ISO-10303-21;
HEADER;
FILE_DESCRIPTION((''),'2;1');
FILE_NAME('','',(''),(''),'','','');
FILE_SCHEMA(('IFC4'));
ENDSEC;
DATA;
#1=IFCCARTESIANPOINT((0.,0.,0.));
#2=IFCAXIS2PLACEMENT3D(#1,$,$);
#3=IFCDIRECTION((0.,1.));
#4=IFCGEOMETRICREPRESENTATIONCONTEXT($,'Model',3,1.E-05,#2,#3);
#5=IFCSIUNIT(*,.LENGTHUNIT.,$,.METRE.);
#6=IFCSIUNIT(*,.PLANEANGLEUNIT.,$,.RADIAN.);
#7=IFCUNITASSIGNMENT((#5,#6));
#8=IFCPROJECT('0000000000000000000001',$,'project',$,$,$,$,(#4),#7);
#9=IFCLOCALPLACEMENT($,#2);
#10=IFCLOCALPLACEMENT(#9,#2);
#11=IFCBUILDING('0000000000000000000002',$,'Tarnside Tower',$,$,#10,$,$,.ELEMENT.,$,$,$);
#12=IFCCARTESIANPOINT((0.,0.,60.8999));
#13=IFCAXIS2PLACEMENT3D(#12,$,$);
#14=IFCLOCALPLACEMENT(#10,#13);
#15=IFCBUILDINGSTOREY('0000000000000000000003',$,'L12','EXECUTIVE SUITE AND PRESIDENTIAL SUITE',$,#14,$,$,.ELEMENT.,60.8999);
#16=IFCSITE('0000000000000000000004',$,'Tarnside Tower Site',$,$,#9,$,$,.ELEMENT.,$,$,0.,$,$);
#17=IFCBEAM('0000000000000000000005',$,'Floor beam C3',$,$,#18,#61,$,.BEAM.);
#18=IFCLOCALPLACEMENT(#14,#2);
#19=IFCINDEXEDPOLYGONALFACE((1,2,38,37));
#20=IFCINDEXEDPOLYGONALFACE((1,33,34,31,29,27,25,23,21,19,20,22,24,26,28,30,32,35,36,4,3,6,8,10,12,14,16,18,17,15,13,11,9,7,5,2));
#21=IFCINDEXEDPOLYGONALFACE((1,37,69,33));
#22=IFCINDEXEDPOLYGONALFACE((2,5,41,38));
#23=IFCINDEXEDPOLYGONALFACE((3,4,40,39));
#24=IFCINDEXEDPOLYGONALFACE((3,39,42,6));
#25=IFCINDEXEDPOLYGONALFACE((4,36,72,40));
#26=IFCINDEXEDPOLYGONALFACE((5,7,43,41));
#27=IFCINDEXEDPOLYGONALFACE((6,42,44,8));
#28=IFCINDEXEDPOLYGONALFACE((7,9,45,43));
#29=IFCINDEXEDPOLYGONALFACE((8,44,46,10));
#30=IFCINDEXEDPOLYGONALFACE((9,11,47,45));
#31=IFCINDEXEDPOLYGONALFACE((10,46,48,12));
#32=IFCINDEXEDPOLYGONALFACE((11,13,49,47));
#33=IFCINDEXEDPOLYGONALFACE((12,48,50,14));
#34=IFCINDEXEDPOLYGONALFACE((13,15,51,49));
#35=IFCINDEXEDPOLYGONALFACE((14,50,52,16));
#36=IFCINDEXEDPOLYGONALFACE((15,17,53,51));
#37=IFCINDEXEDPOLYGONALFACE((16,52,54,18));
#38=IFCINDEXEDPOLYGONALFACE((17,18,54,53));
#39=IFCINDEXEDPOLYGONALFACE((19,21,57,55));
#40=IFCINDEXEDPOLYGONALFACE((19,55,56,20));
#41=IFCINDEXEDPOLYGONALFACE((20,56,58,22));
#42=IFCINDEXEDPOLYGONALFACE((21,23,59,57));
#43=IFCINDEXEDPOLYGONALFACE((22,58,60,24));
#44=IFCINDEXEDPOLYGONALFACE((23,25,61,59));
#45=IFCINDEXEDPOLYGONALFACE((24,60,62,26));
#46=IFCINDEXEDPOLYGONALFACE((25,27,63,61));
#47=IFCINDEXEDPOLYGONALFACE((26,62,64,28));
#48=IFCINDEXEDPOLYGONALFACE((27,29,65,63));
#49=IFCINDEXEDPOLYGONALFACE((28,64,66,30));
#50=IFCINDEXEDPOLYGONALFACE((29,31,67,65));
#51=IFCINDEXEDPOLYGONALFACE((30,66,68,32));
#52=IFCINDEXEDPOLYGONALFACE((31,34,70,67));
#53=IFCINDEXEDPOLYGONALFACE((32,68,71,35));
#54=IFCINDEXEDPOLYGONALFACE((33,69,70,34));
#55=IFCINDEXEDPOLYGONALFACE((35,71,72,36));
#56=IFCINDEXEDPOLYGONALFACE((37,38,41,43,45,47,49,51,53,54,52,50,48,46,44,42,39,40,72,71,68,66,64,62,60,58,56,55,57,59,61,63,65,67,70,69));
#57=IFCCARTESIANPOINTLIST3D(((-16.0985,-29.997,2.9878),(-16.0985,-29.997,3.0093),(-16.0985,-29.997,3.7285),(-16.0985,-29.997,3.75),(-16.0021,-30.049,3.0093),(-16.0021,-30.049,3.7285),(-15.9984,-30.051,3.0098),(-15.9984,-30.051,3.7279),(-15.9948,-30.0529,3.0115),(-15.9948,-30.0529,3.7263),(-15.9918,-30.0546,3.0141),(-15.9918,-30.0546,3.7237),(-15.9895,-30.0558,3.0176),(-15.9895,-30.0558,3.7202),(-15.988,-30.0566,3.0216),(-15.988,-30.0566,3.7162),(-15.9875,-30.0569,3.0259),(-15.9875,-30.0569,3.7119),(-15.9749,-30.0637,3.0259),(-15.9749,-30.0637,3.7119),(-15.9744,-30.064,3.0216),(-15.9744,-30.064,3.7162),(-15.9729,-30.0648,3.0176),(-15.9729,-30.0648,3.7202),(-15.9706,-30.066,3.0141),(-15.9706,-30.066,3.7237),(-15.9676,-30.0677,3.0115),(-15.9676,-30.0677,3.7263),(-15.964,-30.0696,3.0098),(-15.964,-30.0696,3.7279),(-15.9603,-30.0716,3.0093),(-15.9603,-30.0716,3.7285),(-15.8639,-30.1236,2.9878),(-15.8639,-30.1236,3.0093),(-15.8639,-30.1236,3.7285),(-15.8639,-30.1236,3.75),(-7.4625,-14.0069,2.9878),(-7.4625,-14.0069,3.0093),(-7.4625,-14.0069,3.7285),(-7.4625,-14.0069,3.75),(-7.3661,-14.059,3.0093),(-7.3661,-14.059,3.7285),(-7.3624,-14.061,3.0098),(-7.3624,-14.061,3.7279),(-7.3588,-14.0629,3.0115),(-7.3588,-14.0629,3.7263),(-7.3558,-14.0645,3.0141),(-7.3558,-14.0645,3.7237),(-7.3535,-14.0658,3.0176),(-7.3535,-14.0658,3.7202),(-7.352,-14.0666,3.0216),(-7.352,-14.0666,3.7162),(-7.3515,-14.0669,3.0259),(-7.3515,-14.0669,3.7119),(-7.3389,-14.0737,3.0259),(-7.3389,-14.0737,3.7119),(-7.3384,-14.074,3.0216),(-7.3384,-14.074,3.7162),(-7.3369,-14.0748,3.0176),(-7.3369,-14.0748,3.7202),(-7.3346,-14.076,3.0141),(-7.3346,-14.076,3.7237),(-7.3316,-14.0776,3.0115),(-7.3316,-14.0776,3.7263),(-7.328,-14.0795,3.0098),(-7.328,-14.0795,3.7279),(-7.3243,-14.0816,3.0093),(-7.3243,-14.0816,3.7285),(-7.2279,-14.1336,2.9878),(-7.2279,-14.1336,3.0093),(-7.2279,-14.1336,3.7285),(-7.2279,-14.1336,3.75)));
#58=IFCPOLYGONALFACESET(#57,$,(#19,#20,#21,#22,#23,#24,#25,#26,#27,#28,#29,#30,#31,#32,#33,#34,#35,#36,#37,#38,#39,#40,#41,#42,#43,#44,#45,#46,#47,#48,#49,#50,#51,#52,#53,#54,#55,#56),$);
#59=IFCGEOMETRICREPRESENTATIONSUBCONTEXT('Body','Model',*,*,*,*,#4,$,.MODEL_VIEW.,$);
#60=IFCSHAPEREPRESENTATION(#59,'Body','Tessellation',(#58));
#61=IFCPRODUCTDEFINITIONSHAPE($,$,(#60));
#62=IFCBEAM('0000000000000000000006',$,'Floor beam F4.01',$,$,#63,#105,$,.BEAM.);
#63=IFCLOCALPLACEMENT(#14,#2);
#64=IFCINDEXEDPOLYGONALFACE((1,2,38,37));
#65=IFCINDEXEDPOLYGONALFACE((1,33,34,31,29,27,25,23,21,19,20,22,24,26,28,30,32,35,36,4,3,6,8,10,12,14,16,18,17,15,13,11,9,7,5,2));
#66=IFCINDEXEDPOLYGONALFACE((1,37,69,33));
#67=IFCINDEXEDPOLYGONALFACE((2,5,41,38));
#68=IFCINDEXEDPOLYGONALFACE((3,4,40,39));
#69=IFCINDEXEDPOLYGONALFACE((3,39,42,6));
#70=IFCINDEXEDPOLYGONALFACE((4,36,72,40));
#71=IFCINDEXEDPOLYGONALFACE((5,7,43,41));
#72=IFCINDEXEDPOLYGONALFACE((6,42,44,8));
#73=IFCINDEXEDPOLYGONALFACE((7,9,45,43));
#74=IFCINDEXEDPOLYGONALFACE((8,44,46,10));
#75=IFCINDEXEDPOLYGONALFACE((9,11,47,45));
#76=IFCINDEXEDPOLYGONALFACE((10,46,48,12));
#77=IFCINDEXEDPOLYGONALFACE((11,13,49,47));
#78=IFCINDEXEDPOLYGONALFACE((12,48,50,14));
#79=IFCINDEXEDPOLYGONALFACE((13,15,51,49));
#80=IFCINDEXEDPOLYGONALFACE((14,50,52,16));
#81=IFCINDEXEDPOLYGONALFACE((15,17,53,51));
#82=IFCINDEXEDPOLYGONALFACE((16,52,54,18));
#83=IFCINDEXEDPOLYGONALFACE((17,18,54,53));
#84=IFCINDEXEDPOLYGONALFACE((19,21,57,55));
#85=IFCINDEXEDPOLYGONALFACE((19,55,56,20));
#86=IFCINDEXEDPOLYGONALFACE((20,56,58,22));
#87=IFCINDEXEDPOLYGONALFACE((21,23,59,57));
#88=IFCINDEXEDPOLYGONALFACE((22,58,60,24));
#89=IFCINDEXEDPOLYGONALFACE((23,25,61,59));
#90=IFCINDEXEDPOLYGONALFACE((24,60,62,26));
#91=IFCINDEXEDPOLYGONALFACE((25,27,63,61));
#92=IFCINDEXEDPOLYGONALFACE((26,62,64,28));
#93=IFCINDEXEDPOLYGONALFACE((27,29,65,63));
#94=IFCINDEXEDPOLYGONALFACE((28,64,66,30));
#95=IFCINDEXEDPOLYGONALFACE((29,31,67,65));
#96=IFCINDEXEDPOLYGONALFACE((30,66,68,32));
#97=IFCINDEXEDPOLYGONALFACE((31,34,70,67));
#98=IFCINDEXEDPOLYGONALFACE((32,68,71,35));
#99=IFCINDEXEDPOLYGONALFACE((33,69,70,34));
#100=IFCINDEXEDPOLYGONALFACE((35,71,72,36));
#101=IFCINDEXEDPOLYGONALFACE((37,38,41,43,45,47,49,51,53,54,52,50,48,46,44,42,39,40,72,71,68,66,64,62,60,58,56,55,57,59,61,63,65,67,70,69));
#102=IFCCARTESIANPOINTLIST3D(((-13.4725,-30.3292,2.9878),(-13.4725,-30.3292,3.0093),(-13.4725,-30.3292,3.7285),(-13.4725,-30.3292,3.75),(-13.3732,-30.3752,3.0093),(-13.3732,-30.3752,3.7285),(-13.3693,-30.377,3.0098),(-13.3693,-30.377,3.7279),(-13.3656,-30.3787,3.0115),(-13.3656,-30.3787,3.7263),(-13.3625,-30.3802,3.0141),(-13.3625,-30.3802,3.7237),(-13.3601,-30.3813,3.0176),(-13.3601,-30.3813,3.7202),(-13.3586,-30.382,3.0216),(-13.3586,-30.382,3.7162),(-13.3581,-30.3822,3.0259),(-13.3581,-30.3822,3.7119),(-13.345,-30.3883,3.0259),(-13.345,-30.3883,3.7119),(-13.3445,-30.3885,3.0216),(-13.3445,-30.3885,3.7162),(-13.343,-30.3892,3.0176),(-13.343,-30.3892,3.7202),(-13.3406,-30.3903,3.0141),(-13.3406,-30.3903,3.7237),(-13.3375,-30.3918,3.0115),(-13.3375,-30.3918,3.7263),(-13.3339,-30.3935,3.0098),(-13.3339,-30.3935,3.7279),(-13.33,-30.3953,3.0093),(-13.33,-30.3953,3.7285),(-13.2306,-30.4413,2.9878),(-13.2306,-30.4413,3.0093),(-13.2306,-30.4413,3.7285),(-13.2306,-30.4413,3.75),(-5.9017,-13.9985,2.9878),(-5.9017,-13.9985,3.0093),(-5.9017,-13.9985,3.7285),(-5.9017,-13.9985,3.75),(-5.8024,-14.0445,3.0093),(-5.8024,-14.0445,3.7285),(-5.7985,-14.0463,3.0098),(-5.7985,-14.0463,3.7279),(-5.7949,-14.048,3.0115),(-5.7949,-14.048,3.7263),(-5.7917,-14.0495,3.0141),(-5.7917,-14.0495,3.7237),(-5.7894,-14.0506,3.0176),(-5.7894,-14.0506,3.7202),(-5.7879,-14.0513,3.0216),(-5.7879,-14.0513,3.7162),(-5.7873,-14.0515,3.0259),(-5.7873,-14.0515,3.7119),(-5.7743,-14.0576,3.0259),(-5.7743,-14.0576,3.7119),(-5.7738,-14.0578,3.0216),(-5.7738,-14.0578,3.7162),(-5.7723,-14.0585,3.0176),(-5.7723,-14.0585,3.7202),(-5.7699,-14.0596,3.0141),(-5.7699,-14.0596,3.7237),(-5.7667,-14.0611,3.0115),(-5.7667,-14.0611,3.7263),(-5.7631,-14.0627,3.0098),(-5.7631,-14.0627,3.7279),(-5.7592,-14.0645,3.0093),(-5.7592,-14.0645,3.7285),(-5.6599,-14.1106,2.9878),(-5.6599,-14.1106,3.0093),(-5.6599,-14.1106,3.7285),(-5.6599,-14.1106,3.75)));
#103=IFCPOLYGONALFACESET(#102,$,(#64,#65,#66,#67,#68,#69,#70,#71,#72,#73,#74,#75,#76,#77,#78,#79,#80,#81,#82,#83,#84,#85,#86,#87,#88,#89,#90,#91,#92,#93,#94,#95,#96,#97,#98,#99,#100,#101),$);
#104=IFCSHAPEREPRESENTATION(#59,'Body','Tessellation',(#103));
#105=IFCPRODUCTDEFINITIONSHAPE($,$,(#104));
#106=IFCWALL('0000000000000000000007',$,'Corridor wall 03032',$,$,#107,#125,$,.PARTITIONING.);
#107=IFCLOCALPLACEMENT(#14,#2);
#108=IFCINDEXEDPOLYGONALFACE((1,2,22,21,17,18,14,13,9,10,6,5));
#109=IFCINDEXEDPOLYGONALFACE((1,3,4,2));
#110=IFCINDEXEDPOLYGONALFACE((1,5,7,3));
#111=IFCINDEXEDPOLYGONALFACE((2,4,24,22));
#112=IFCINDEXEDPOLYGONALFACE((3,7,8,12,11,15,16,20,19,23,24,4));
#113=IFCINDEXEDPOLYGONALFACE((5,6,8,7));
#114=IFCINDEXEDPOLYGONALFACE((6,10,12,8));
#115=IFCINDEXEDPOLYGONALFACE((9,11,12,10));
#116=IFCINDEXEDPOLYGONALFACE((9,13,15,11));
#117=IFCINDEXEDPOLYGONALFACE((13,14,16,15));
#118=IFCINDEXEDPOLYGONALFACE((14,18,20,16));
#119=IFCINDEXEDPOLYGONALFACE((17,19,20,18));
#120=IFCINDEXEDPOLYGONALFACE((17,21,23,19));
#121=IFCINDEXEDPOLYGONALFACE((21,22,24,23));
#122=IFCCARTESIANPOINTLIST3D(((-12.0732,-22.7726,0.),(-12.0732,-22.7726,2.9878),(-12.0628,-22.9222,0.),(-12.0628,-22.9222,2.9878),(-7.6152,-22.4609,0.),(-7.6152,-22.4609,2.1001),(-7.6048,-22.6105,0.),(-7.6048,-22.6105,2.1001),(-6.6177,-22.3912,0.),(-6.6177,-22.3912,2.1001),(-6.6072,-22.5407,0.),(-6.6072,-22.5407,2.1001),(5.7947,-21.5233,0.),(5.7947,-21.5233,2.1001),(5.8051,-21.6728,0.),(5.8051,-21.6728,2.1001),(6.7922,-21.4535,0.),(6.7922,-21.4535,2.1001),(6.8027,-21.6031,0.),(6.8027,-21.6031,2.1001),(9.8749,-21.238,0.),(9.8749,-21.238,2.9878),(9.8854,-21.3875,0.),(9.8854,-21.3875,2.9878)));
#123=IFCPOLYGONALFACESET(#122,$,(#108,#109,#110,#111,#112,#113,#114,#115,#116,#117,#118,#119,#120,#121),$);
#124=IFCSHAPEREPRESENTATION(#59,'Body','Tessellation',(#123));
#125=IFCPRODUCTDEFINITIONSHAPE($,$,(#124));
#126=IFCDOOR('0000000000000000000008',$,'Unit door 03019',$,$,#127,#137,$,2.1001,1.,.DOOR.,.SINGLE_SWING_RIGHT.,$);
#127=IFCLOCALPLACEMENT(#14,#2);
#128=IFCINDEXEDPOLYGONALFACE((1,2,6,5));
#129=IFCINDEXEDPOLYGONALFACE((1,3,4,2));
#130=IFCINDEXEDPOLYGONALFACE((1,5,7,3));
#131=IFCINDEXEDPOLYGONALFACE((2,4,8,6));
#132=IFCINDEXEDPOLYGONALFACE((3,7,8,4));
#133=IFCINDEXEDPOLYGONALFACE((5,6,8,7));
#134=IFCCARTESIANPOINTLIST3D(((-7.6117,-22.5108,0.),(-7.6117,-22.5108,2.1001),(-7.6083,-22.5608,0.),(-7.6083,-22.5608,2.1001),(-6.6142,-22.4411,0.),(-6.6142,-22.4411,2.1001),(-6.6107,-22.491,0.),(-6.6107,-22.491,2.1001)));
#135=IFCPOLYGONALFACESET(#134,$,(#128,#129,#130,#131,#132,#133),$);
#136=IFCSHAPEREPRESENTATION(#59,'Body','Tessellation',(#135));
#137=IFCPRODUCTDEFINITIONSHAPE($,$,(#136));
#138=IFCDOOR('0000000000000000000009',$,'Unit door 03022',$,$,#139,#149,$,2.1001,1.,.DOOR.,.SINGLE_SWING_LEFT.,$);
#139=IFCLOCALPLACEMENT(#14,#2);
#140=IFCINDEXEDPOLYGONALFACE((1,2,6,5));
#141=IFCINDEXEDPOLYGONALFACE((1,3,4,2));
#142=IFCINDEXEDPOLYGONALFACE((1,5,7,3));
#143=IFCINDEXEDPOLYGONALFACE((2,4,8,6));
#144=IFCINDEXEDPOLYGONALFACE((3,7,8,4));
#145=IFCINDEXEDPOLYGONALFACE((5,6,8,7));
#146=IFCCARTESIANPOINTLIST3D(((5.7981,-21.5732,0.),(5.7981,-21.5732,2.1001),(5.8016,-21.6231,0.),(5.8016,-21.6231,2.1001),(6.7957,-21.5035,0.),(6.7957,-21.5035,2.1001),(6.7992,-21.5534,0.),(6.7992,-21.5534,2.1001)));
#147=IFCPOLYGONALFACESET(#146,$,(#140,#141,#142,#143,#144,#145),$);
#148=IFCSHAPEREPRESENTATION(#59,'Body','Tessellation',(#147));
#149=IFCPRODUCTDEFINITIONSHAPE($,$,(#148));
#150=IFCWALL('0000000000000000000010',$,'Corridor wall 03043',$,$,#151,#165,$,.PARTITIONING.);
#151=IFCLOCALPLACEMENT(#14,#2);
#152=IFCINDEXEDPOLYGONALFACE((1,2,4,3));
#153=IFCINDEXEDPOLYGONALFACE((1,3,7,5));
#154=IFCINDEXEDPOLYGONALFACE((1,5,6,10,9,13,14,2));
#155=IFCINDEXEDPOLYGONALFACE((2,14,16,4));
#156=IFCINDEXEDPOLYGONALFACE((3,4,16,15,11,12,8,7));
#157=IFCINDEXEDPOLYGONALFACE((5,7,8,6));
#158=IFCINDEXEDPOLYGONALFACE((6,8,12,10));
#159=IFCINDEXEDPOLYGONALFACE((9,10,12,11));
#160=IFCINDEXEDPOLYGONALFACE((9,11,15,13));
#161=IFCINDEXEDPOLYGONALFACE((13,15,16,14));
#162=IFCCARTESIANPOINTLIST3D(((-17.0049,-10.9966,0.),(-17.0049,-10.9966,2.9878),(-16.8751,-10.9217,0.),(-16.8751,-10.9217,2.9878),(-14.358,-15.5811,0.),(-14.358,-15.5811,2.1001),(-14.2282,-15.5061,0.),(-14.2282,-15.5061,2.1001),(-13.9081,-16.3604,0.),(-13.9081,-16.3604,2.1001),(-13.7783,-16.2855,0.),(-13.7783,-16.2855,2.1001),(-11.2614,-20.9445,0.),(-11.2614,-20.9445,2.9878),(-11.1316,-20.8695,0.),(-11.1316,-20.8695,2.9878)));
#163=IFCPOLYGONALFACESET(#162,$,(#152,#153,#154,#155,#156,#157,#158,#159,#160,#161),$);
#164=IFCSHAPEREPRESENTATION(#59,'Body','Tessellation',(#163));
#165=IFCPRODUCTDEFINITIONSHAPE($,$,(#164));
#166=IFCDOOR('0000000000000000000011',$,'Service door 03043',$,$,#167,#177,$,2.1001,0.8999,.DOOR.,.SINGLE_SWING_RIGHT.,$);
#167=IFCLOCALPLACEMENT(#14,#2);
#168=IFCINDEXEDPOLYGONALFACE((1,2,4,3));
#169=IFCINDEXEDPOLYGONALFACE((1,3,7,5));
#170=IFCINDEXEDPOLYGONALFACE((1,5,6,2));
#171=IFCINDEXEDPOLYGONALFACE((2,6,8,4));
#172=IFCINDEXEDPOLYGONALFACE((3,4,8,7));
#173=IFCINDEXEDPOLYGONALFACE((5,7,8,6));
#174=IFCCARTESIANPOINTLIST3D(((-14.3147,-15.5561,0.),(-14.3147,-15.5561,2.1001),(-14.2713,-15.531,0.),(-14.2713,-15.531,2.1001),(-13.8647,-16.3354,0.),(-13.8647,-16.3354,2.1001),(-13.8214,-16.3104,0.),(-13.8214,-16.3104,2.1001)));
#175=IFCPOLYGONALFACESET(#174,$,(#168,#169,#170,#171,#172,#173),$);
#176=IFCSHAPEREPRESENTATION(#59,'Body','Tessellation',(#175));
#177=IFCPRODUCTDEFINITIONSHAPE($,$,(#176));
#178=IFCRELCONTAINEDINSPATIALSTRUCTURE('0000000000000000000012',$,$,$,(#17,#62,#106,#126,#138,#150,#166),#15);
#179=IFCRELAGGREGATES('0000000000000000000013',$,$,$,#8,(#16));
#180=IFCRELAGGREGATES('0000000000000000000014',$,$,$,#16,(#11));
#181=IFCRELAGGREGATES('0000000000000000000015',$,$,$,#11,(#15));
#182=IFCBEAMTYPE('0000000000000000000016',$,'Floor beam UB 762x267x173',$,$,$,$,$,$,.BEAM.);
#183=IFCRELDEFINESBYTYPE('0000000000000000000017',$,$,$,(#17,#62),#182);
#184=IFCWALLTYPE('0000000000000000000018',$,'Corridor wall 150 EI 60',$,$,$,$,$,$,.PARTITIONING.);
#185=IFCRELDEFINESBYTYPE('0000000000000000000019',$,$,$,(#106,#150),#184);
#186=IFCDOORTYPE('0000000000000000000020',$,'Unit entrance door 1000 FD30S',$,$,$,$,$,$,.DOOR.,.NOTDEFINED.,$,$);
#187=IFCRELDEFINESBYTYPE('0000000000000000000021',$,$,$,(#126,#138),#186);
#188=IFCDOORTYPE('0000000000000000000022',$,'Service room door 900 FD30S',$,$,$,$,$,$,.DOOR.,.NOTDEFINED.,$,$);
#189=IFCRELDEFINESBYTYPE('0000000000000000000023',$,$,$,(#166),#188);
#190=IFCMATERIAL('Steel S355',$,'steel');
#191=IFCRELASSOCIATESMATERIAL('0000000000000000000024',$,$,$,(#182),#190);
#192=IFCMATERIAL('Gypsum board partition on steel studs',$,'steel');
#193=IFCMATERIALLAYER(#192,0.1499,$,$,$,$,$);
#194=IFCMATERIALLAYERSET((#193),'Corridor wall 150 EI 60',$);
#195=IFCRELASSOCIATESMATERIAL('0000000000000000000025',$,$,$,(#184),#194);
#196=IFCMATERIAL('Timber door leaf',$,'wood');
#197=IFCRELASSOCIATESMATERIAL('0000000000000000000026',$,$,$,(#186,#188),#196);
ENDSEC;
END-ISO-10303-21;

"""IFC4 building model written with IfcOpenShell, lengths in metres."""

from ifc_helpers import new_model, si_unit, direction, frame, frame_2d, origin, origin_2d, place, context, subcontext, project, spatial, rectangle, i_section, extrude, material, layer, layer_set, material_profile, profile_set, type_object, element, fill, save


model = new_model("IFC4")

# Units and contexts
model_context = context("Model", 3, precision=1e-05, world=origin(), true_north=direction((0.0, 1.0)))
body_context = subcontext(model_context, "Body", "Model", "MODEL_VIEW")
ifc_project = project(units=[si_unit("LENGTHUNIT", "METRE"), si_unit("PLANEANGLEUNIT", "RADIAN")], contexts=[model_context])

# Site, building, storey
site_placement = place(None, origin())
site = spatial("IfcSite", under=ifc_project, at=site_placement, Name="Tarnside Tower Site", CompositionType="ELEMENT", RefElevation=0.0)
building_placement = place(site_placement, origin())
building = spatial("IfcBuilding", under=site, at=building_placement, Name="Tarnside Tower", CompositionType="ELEMENT")
storey_placement = place(building_placement, frame((0.0, 0.0, 60.8999)))
storey = spatial("IfcBuildingStorey", under=building, at=storey_placement, Name="L12", Description="EXECUTIVE SUITE AND PRESIDENTIAL SUITE", CompositionType="ELEMENT", Elevation=60.8999)

# Beams
ifc_material_1 = material(Name="Steel S355", Category="steel")
ifc_material_profile = material_profile(ifc_material_1, i_section(OverallWidth=0.2666, OverallDepth=0.7622, WebThickness=0.0144, FlangeThickness=0.0215, FilletRadius=0.0166, at=origin_2d()), Name="UB 762x267x173")
ifc_profile_set = profile_set([ifc_material_profile], Name="Steel S355")
beam_type = type_object("IfcBeamType", Name="Floor beam UB 762x267x173", PredefinedType="BEAM", material=ifc_profile_set)
beam_1_placement = place(storey_placement, frame((-15.9812, -30.0603, 3.3689), z_axis=(0.475208, 0.879873, 0.0), x_axis=(-0.879873, 0.475208, 0.0)))
element("IfcBeam", 1, at=beam_1_placement, inside=storey, type_object=beam_type, Name="Floor beam C3", PredefinedType="BEAM", context=body_context, shape_type="SweptSolid", body=[
    extrude(i_section(OverallWidth=0.2666, OverallDepth=0.7622, WebThickness=0.0144, FlangeThickness=0.0215, FilletRadius=0.0166, at=origin_2d()), origin(), (0.0, 0.0, 1.0), 18.1731),
])
beam_2_placement = place(storey_placement, frame((-13.3516, -30.3853, 3.3689), z_axis=(0.420592, 0.90725, 0.0), x_axis=(-0.90725, 0.420592, 0.0)))
element("IfcBeam", 2, at=beam_2_placement, inside=storey, type_object=beam_type, Name="Floor beam F4.01", PredefinedType="BEAM", context=body_context, shape_type="SweptSolid", body=[
    extrude(i_section(OverallWidth=0.2666, OverallDepth=0.7622, WebThickness=0.0144, FlangeThickness=0.0215, FilletRadius=0.0166, at=origin_2d()), origin(), (0.0, 0.0, 1.0), 18.0002),
])

# Wall, openings, doors
ifc_material_2 = material(Name="Gypsum board partition on steel studs", Category="steel")
ifc_layer_1 = layer(ifc_material_2, 0.1499)
ifc_layer_set_1 = layer_set([ifc_layer_1], Name="Corridor wall 150 EI 60")
wall_type_1 = type_object("IfcWallType", Name="Corridor wall 150 EI 60", PredefinedType="PARTITIONING", material=ifc_layer_set_1)
wall_1_placement = place(storey_placement, frame((-12.0681, -22.8474, 0.0), z_axis=(0.0, 0.0, 1.0), x_axis=(0.997564, 0.069752, 0.0)))
wall_1 = element("IfcWall", 3, at=wall_1_placement, inside=storey, type_object=wall_type_1, Name="Corridor wall 03032", PredefinedType="PARTITIONING", context=body_context, shape_type="SweptSolid", body=[
    extrude(rectangle(XDim=22.0017, YDim=0.1499, at=frame_2d((11.001, 0.0))), origin(), (0.0, 0.0, 1.0), 2.9878),
])
opening_1_placement = place(wall_1_placement, frame((4.469, 0.0, 0.0)))
opening_1 = element("IfcOpeningElement", 4, at=opening_1_placement, cuts=wall_1, PredefinedType="OPENING", context=body_context, shape_type="SweptSolid", body=[
    extrude(rectangle(XDim=1.0, YDim=2.1001, at=frame_2d((0.5, 1.05))), frame((0.0, 0.085, 0.0), z_axis=(0.0, -1.0, 0.0), x_axis=(1.0, 0.0, 0.0)), (0.0, 0.0, 1.0), 0.1699),
])
opening_2_placement = place(wall_1_placement, frame((17.9116, 0.0, 0.0)))
opening_2 = element("IfcOpeningElement", 5, at=opening_2_placement, cuts=wall_1, PredefinedType="OPENING", context=body_context, shape_type="SweptSolid", body=[
    extrude(rectangle(XDim=1.0, YDim=2.1001, at=frame_2d((0.5, 1.05))), frame((0.0, 0.085, 0.0), z_axis=(0.0, -1.0, 0.0), x_axis=(1.0, 0.0, 0.0)), (0.0, 0.0, 1.0), 0.1699),
])
ifc_material_3 = material(Name="Timber door leaf", Category="wood")
door_type_1 = type_object("IfcDoorType", Name="Unit entrance door 1000 FD30S", OperationType="NOTDEFINED", PredefinedType="DOOR", material=ifc_material_3)
door_1_placement = place(opening_1_placement, origin())
door_1 = element("IfcDoor", 6, at=door_1_placement, inside=storey, type_object=door_type_1, Name="Unit door 03019", OperationType="SINGLE_SWING_RIGHT", OverallHeight=2.1001, OverallWidth=1.0, PredefinedType="DOOR", context=body_context, shape_type="SweptSolid", body=[
    extrude(rectangle(XDim=1.0, YDim=2.1001, at=frame_2d((0.5, 1.05))), frame((0.0, 0.0249, 0.0), z_axis=(0.0, -1.0, 0.0), x_axis=(1.0, 0.0, 0.0)), (0.0, 0.0, 1.0), 0.05),
])
fill(opening_1, door_1)
door_2_placement = place(opening_2_placement, origin())
door_2 = element("IfcDoor", 7, at=door_2_placement, inside=storey, type_object=door_type_1, Name="Unit door 03022", OperationType="SINGLE_SWING_LEFT", OverallHeight=2.1001, OverallWidth=1.0, PredefinedType="DOOR", context=body_context, shape_type="SweptSolid", body=[
    extrude(rectangle(XDim=1.0, YDim=2.1001, at=frame_2d((0.5, 1.05))), frame((0.0, 0.0249, 0.0), z_axis=(0.0, -1.0, 0.0), x_axis=(1.0, 0.0, 0.0)), (0.0, 0.0, 1.0), 0.05),
])
fill(opening_2, door_2)

# Wall, opening, door
wall_2_placement = place(storey_placement, frame((-11.1965, -20.907, 0.0), z_axis=(0.0, 0.0, 1.0), x_axis=(-0.500005, 0.866023, 0.0)))
wall_2 = element("IfcWall", 8, at=wall_2_placement, inside=storey, type_object=wall_type_1, Name="Corridor wall 03043", PredefinedType="PARTITIONING", context=body_context, shape_type="SweptSolid", body=[
    extrude(rectangle(XDim=11.4868, YDim=0.1499, at=frame_2d((5.7434, 0.0))), origin(), (0.0, 0.0, 1.0), 2.9878),
])
opening_3_placement = place(wall_2_placement, frame((5.2932, 0.0, 0.0)))
opening_3 = element("IfcOpeningElement", 9, at=opening_3_placement, cuts=wall_2, PredefinedType="OPENING", context=body_context, shape_type="SweptSolid", body=[
    extrude(rectangle(XDim=0.8999, YDim=2.1001, at=frame_2d((0.45, 1.05))), frame((0.0, 0.085, 0.0), z_axis=(0.0, -1.0, 0.0), x_axis=(1.0, 0.0, 0.0)), (0.0, 0.0, 1.0), 0.1699),
])
door_type_2 = type_object("IfcDoorType", Name="Service room door 900 FD30S", OperationType="NOTDEFINED", PredefinedType="DOOR", material=ifc_material_3)
door_3_placement = place(opening_3_placement, origin())
door_3 = element("IfcDoor", 10, at=door_3_placement, inside=storey, type_object=door_type_2, Name="Service door 03043", OperationType="SINGLE_SWING_RIGHT", OverallHeight=2.1001, OverallWidth=0.8999, PredefinedType="DOOR", context=body_context, shape_type="SweptSolid", body=[
    extrude(rectangle(XDim=0.8999, YDim=2.1001, at=frame_2d((0.45, 1.05))), frame((0.0, 0.0249, 0.0), z_axis=(0.0, -1.0, 0.0), x_axis=(1.0, 0.0, 0.0)), (0.0, 0.0, 1.0), 0.05),
])
fill(opening_3, door_3)

save(model, "model.ifc")
